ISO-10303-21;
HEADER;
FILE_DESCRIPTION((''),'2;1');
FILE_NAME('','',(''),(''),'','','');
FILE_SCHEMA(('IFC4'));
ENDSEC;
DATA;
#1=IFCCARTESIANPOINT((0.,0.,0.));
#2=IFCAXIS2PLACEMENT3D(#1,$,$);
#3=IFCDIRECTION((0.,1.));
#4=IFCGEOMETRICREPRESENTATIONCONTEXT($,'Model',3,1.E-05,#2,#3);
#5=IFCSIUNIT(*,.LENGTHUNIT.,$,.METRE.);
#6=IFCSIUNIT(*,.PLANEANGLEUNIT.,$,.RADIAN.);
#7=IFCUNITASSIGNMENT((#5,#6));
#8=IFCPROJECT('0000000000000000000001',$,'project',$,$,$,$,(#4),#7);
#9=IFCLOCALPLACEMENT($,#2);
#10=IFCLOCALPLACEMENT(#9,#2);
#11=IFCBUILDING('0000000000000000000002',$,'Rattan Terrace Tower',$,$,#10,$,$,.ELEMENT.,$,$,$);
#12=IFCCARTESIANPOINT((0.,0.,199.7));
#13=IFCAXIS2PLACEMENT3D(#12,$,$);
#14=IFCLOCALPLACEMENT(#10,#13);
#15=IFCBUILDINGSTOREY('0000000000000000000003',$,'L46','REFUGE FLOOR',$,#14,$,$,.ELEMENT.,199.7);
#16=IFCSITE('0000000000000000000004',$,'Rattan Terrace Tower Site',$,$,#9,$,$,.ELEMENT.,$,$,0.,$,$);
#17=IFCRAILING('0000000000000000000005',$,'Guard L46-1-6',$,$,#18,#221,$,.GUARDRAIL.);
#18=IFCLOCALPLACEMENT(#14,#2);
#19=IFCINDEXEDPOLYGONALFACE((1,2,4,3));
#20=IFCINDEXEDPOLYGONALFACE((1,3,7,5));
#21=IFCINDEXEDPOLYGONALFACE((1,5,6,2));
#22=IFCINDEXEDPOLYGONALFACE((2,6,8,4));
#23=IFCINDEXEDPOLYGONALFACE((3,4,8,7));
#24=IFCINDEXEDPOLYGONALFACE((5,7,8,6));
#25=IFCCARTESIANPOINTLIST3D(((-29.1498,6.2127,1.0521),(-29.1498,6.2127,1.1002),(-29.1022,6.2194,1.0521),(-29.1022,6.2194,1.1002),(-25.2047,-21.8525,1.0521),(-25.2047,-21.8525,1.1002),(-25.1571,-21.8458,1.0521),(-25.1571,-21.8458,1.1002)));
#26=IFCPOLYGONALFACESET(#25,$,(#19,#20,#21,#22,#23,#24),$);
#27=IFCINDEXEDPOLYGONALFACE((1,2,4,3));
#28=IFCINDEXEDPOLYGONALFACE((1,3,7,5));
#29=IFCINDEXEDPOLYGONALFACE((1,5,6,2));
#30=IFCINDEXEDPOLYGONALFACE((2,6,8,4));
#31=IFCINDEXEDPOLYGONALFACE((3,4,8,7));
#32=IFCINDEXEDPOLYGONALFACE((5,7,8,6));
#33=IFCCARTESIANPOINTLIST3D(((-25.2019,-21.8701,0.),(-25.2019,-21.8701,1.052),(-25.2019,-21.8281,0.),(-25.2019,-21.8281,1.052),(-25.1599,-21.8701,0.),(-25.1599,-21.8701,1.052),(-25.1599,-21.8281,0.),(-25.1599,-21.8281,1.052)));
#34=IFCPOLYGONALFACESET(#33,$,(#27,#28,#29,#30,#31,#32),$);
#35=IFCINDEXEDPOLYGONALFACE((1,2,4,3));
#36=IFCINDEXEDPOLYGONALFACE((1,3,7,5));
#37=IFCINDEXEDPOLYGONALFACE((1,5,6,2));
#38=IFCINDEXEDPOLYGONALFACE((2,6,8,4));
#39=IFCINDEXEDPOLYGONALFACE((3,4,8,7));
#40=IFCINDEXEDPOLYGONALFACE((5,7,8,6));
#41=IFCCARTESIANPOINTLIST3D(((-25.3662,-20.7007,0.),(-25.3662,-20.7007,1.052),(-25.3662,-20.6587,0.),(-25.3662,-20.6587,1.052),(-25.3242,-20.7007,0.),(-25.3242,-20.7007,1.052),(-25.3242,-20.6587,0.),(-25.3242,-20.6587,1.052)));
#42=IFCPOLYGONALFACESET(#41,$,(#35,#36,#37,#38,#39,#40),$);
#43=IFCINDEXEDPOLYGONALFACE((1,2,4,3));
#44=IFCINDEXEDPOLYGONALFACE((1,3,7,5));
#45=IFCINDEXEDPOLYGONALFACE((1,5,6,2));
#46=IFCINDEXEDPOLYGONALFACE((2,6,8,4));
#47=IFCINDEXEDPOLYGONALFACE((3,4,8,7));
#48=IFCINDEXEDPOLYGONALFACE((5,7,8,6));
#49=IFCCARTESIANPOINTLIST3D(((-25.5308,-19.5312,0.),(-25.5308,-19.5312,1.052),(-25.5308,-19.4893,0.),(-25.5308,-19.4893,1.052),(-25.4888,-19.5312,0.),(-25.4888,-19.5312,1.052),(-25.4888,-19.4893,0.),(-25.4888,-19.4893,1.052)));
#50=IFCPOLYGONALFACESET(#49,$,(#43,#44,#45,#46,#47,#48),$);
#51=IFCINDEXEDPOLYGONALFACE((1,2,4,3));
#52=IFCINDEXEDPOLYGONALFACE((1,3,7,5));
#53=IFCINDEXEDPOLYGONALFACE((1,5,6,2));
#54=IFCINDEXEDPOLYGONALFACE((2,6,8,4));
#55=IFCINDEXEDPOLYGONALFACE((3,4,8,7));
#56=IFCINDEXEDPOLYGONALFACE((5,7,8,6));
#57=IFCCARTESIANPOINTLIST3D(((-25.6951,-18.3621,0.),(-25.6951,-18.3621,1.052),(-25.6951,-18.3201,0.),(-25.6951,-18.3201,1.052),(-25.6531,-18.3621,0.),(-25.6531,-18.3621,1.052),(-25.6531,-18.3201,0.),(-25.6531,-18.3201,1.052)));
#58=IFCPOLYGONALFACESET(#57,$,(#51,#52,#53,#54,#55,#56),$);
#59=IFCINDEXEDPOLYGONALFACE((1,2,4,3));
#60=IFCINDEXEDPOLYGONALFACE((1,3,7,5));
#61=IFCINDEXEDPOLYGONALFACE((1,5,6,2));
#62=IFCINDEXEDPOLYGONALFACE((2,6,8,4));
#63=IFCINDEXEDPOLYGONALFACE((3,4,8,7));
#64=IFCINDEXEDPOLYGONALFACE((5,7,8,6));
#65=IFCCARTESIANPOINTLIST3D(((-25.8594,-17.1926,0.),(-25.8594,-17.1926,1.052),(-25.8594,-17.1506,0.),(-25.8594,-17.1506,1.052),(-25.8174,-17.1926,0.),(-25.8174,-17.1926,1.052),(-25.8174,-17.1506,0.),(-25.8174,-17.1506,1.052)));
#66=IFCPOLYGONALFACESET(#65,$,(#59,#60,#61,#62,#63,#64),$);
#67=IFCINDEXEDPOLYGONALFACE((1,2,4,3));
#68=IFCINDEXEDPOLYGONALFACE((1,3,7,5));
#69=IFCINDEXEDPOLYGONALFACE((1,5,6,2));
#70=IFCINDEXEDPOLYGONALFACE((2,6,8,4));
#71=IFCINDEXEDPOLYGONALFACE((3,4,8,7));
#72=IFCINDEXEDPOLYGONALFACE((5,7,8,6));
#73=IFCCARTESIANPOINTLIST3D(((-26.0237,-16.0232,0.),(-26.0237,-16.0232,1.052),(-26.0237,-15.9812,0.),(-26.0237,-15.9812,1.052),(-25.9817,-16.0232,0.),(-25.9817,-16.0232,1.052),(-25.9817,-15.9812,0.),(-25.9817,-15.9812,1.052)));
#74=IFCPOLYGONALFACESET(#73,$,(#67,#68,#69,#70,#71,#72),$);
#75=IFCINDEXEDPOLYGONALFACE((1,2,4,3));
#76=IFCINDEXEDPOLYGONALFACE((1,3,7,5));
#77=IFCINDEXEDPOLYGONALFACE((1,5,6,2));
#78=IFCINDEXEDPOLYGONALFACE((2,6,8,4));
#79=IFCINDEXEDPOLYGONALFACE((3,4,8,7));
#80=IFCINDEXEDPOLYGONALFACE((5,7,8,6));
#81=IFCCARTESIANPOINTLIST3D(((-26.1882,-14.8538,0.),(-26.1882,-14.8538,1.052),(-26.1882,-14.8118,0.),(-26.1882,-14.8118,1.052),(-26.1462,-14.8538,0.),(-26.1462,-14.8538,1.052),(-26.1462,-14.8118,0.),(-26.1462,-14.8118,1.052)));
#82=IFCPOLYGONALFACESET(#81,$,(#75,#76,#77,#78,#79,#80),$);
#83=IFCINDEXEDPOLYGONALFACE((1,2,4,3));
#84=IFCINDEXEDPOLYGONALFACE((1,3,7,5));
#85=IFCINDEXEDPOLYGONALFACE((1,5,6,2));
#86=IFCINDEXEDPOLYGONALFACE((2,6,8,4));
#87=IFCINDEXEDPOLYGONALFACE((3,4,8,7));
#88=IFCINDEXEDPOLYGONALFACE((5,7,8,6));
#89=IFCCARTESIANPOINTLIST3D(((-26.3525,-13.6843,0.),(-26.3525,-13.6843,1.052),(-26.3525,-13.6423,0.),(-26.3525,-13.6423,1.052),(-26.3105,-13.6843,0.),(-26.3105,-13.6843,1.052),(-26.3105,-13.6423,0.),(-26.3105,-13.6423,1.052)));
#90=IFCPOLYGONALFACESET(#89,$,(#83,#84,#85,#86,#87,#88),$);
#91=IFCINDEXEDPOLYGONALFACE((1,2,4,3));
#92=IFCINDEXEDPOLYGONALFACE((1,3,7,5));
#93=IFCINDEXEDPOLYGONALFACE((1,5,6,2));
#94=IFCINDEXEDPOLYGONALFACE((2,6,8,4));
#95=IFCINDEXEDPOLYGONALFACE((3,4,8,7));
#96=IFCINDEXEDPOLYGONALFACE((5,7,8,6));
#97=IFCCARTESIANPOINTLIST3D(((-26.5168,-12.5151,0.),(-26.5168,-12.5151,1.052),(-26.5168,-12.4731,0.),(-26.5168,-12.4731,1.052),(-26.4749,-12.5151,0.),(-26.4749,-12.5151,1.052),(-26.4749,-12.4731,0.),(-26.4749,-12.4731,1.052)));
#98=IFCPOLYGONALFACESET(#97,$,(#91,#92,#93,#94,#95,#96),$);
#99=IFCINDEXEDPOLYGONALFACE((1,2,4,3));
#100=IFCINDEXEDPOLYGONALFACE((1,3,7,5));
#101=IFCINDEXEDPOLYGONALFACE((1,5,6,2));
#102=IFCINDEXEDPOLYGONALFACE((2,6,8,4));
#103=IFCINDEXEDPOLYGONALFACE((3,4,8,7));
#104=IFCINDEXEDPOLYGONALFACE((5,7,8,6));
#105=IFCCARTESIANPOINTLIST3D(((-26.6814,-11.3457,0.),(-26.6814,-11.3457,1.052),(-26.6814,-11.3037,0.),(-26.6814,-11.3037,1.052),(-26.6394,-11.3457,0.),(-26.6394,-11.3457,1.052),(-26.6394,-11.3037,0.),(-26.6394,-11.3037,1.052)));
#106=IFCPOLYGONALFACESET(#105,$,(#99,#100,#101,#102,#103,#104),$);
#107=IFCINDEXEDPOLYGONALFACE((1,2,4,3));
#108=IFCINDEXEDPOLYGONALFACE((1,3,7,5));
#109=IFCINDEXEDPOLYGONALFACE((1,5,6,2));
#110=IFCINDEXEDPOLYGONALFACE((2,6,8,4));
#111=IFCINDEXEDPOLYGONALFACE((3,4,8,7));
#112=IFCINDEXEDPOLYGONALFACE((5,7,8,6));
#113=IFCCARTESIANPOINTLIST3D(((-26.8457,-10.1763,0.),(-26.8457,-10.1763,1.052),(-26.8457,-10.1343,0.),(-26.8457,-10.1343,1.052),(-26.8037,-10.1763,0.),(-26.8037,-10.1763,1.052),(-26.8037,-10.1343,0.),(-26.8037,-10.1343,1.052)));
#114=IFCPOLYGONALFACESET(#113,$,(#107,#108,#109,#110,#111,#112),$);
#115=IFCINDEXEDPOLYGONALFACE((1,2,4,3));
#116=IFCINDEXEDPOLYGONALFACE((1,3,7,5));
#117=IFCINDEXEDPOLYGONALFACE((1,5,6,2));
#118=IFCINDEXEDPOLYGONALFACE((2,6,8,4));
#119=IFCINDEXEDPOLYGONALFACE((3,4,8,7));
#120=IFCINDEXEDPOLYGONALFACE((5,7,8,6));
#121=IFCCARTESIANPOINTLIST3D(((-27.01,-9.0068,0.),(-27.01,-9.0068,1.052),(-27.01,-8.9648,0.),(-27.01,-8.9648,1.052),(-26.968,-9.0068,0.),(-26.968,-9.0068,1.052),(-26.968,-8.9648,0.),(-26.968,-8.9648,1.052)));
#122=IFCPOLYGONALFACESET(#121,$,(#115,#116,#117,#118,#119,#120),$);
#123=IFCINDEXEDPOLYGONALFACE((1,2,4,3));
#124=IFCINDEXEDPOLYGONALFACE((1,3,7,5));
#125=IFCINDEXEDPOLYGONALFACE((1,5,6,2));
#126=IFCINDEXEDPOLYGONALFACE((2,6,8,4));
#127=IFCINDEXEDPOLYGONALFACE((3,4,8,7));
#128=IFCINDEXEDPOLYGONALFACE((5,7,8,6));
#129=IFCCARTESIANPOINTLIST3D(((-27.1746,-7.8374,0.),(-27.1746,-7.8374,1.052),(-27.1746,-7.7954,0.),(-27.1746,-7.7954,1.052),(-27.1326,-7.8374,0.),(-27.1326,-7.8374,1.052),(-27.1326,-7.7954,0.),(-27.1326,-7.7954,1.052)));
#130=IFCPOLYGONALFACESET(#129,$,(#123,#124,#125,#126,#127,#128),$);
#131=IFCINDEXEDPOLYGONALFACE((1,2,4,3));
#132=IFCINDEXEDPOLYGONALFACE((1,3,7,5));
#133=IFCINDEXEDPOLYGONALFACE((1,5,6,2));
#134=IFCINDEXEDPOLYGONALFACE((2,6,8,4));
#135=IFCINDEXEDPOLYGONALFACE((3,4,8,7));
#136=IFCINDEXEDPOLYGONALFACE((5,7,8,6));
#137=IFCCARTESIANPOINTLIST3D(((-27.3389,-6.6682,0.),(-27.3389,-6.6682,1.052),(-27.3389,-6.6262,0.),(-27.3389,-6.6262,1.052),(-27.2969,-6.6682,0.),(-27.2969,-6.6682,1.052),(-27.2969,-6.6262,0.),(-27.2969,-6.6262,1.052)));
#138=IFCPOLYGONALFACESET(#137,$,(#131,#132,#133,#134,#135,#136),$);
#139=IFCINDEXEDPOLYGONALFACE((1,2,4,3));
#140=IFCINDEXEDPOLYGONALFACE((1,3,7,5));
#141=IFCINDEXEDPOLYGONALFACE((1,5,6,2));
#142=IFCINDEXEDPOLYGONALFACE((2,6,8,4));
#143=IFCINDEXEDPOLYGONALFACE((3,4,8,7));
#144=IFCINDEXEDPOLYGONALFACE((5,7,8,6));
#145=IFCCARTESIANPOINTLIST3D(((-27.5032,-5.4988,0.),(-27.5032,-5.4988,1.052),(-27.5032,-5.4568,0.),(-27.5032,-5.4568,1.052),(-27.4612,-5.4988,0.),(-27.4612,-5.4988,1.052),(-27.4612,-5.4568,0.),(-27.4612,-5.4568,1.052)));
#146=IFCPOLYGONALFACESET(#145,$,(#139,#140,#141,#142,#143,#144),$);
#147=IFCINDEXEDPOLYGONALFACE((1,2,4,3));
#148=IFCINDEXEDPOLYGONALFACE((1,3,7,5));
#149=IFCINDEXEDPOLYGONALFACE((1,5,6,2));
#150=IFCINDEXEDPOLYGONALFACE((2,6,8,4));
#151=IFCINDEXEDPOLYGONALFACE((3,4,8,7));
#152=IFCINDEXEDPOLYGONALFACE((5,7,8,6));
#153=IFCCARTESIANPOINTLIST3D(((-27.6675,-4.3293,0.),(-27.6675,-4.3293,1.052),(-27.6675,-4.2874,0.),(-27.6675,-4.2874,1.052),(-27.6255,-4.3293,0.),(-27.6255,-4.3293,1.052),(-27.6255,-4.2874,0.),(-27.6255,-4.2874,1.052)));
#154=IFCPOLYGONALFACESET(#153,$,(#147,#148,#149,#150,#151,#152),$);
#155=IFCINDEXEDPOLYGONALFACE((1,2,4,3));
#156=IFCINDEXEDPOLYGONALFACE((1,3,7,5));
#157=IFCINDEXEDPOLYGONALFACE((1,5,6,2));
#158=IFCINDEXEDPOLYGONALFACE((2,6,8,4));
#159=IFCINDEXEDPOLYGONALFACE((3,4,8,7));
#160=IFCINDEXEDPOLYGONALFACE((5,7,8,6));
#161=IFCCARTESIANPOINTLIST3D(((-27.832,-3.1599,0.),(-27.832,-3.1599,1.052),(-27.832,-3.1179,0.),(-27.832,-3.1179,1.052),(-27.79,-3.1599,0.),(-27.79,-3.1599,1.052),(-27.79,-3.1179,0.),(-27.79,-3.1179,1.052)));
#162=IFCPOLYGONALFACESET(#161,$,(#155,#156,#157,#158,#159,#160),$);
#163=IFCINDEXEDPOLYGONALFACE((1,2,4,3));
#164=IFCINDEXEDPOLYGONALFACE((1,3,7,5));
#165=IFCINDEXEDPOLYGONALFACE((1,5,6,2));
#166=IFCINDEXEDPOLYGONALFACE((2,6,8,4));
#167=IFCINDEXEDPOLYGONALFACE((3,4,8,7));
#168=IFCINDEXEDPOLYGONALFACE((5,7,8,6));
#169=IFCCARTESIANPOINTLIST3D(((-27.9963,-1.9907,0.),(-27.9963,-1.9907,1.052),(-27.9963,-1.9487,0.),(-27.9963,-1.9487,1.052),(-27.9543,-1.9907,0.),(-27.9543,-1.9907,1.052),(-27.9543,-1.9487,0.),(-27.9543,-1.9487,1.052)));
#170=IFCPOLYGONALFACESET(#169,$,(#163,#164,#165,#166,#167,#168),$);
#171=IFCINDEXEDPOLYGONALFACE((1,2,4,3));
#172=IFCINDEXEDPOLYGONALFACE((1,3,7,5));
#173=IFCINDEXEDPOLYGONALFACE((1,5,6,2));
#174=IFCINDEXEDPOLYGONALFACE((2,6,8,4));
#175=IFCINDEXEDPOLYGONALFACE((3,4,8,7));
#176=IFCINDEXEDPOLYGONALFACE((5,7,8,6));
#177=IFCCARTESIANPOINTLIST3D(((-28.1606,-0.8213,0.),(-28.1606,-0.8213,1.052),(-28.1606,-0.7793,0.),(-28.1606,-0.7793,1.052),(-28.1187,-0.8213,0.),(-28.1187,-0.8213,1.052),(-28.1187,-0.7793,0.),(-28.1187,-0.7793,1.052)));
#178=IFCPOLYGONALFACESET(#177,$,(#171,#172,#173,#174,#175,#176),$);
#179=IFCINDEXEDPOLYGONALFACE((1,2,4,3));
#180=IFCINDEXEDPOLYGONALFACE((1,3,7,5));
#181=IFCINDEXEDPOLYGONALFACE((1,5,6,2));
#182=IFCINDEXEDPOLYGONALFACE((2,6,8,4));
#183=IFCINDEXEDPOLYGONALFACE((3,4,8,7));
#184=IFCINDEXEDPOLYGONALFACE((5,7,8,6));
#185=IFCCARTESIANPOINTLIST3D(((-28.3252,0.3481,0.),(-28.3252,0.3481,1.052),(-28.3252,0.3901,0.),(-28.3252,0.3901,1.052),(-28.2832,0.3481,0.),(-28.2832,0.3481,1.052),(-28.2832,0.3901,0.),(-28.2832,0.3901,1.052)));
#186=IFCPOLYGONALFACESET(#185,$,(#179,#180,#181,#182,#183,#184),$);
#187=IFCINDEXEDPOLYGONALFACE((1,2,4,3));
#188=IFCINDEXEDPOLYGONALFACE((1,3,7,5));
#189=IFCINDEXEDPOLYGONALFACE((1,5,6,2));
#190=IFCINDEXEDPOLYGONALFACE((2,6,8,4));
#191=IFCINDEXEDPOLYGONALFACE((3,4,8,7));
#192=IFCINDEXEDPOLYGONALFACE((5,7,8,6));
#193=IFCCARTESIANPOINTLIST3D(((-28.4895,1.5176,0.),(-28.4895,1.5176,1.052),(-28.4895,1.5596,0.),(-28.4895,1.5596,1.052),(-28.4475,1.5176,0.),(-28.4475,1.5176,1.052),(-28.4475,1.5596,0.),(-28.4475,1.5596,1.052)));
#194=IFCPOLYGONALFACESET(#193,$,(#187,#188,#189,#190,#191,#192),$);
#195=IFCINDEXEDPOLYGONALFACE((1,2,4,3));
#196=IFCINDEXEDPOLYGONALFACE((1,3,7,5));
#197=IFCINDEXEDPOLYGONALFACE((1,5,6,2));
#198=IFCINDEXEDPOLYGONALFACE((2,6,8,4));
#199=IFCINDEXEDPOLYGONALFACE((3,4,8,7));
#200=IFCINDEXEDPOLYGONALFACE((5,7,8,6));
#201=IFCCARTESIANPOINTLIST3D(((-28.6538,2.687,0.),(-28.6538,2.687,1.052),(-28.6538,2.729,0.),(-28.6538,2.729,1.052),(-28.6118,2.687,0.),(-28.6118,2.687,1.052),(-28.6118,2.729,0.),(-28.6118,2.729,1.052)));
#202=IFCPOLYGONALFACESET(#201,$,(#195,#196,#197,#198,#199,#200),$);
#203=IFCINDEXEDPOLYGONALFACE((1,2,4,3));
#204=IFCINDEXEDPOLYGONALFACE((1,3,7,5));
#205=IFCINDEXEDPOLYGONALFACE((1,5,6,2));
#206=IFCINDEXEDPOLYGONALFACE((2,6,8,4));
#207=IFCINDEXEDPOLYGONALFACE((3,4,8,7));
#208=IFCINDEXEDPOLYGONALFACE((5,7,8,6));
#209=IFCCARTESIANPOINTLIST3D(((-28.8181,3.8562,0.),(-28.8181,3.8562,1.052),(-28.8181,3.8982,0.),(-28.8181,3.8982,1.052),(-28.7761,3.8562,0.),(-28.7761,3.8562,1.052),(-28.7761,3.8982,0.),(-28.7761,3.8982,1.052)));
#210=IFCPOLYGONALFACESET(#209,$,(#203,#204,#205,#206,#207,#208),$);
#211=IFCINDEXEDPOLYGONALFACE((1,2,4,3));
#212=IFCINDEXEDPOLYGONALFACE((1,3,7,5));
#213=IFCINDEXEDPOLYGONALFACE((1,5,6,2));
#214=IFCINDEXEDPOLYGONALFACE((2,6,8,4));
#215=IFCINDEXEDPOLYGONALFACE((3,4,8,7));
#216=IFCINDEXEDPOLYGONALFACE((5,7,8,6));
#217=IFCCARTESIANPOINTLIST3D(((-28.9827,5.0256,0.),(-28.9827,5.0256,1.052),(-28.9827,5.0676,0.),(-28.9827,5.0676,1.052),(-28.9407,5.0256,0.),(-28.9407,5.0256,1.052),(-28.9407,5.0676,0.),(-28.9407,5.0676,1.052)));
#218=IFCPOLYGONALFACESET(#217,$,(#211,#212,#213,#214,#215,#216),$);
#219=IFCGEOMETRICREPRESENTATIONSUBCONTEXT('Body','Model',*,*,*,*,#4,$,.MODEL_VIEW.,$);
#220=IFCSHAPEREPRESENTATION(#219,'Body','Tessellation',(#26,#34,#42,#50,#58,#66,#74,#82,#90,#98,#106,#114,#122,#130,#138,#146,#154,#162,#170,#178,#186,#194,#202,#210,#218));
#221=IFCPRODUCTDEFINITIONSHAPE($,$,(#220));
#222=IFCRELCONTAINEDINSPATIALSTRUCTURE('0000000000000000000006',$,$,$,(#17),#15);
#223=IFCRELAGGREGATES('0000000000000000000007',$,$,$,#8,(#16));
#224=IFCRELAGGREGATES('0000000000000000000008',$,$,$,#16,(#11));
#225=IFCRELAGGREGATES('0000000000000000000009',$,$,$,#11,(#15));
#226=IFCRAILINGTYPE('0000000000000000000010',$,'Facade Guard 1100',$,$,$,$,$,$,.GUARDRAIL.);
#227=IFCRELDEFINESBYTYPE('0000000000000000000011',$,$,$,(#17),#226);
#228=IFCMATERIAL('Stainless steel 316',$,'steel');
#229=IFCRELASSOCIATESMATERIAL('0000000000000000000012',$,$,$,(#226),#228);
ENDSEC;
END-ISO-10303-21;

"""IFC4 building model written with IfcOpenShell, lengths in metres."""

from ifc_helpers import new_model, si_unit, direction, frame, origin, origin_2d, place, context, subcontext, project, spatial, rectangle, extrude, material, type_object, element, save


model = new_model("IFC4")

# Units and contexts
model_context = context("Model", 3, precision=1e-05, world=origin(), true_north=direction((0.0, 1.0)))
body_context = subcontext(model_context, "Body", "Model", "MODEL_VIEW")
ifc_project = project(units=[si_unit("LENGTHUNIT", "METRE"), si_unit("PLANEANGLEUNIT", "RADIAN")], contexts=[model_context])

# Site, building, storey
site_placement = place(None, origin())
site = spatial("IfcSite", under=ifc_project, at=site_placement, Name="Rattan Terrace Tower Site", CompositionType="ELEMENT", RefElevation=0.0)
building_placement = place(site_placement, origin())
building = spatial("IfcBuilding", under=site, at=building_placement, Name="Rattan Terrace Tower", CompositionType="ELEMENT")
storey_placement = place(building_placement, frame((0.0, 0.0, 199.7)))
storey = spatial("IfcBuildingStorey", under=building, at=storey_placement, Name="L46", Description="REFUGE FLOOR", CompositionType="ELEMENT", Elevation=199.7)

# Railing
ifc_material_1 = material(Name="Stainless steel 316", Category="steel")
railing_type = type_object("IfcRailingType", Name="Facade Guard 1100", PredefinedType="GUARDRAIL", material=ifc_material_1)
railing_1_placement = place(storey_placement, frame((-25.1809, -21.8491, 0.0)))
element("IfcRailing", 1, at=railing_1_placement, inside=storey, type_object=railing_type, Name="Guard L46-1-6", PredefinedType="GUARDRAIL", context=body_context, shape_type="SweptSolid", body=[
    extrude(rectangle(XDim=0.0481, YDim=0.0481, at=origin_2d()), frame((0.0, 0.0, 1.0762), z_axis=(-0.1392, 0.990264, 0.0), x_axis=(-0.990264, -0.1392, 0.0)), (0.0, 0.0, 1.0), 28.3411),
    extrude(rectangle(XDim=0.042, YDim=0.042, at=origin_2d()), origin(), (0.0, 0.0, 1.0), 1.052),
    extrude(rectangle(XDim=0.042, YDim=0.042, at=origin_2d()), frame((-0.1643, 1.1694, 0.0)), (0.0, 0.0, 1.0), 1.052),
    extrude(rectangle(XDim=0.042, YDim=0.042, at=origin_2d()), frame((-0.3289, 2.3389, 0.0)), (0.0, 0.0, 1.0), 1.052),
    extrude(rectangle(XDim=0.042, YDim=0.042, at=origin_2d()), frame((-0.4932, 3.5081, 0.0)), (0.0, 0.0, 1.0), 1.052),
    extrude(rectangle(XDim=0.042, YDim=0.042, at=origin_2d()), frame((-0.6575, 4.6775, 0.0)), (0.0, 0.0, 1.0), 1.052),
    extrude(rectangle(XDim=0.042, YDim=0.042, at=origin_2d()), frame((-0.8218, 5.8469, 0.0)), (0.0, 0.0, 1.0), 1.052),
    extrude(rectangle(XDim=0.042, YDim=0.042, at=origin_2d()), frame((-0.9863, 7.0164, 0.0)), (0.0, 0.0, 1.0), 1.052),
    extrude(rectangle(XDim=0.042, YDim=0.042, at=origin_2d()), frame((-1.1506, 8.1858, 0.0)), (0.0, 0.0, 1.0), 1.052),
    extrude(rectangle(XDim=0.042, YDim=0.042, at=origin_2d()), frame((-1.3149, 9.355, 0.0)), (0.0, 0.0, 1.0), 1.052),
    extrude(rectangle(XDim=0.042, YDim=0.042, at=origin_2d()), frame((-1.4795, 10.5244, 0.0)), (0.0, 0.0, 1.0), 1.052),
    extrude(rectangle(XDim=0.042, YDim=0.042, at=origin_2d()), frame((-1.6438, 11.6938, 0.0)), (0.0, 0.0, 1.0), 1.052),
    extrude(rectangle(XDim=0.042, YDim=0.042, at=origin_2d()), frame((-1.8081, 12.8633, 0.0)), (0.0, 0.0, 1.0), 1.052),
    extrude(rectangle(XDim=0.042, YDim=0.042, at=origin_2d()), frame((-1.9727, 14.0327, 0.0)), (0.0, 0.0, 1.0), 1.052),
    extrude(rectangle(XDim=0.042, YDim=0.042, at=origin_2d()), frame((-2.137, 15.2019, 0.0)), (0.0, 0.0, 1.0), 1.052),
    extrude(rectangle(XDim=0.042, YDim=0.042, at=origin_2d()), frame((-2.3013, 16.3713, 0.0)), (0.0, 0.0, 1.0), 1.052),
    extrude(rectangle(XDim=0.042, YDim=0.042, at=origin_2d()), frame((-2.4656, 17.5408, 0.0)), (0.0, 0.0, 1.0), 1.052),
    extrude(rectangle(XDim=0.042, YDim=0.042, at=origin_2d()), frame((-2.6301, 18.7102, 0.0)), (0.0, 0.0, 1.0), 1.052),
    extrude(rectangle(XDim=0.042, YDim=0.042, at=origin_2d()), frame((-2.7944, 19.8794, 0.0)), (0.0, 0.0, 1.0), 1.052),
    extrude(rectangle(XDim=0.042, YDim=0.042, at=origin_2d()), frame((-2.9587, 21.0488, 0.0)), (0.0, 0.0, 1.0), 1.052),
    extrude(rectangle(XDim=0.042, YDim=0.042, at=origin_2d()), frame((-3.1233, 22.2183, 0.0)), (0.0, 0.0, 1.0), 1.052),
    extrude(rectangle(XDim=0.042, YDim=0.042, at=origin_2d()), frame((-3.2876, 23.3877, 0.0)), (0.0, 0.0, 1.0), 1.052),
    extrude(rectangle(XDim=0.042, YDim=0.042, at=origin_2d()), frame((-3.4519, 24.5571, 0.0)), (0.0, 0.0, 1.0), 1.052),
    extrude(rectangle(XDim=0.042, YDim=0.042, at=origin_2d()), frame((-3.6162, 25.7263, 0.0)), (0.0, 0.0, 1.0), 1.052),
    extrude(rectangle(XDim=0.042, YDim=0.042, at=origin_2d()), frame((-3.7808, 26.8958, 0.0)), (0.0, 0.0, 1.0), 1.052),
])

save(model, "model.ifc")
